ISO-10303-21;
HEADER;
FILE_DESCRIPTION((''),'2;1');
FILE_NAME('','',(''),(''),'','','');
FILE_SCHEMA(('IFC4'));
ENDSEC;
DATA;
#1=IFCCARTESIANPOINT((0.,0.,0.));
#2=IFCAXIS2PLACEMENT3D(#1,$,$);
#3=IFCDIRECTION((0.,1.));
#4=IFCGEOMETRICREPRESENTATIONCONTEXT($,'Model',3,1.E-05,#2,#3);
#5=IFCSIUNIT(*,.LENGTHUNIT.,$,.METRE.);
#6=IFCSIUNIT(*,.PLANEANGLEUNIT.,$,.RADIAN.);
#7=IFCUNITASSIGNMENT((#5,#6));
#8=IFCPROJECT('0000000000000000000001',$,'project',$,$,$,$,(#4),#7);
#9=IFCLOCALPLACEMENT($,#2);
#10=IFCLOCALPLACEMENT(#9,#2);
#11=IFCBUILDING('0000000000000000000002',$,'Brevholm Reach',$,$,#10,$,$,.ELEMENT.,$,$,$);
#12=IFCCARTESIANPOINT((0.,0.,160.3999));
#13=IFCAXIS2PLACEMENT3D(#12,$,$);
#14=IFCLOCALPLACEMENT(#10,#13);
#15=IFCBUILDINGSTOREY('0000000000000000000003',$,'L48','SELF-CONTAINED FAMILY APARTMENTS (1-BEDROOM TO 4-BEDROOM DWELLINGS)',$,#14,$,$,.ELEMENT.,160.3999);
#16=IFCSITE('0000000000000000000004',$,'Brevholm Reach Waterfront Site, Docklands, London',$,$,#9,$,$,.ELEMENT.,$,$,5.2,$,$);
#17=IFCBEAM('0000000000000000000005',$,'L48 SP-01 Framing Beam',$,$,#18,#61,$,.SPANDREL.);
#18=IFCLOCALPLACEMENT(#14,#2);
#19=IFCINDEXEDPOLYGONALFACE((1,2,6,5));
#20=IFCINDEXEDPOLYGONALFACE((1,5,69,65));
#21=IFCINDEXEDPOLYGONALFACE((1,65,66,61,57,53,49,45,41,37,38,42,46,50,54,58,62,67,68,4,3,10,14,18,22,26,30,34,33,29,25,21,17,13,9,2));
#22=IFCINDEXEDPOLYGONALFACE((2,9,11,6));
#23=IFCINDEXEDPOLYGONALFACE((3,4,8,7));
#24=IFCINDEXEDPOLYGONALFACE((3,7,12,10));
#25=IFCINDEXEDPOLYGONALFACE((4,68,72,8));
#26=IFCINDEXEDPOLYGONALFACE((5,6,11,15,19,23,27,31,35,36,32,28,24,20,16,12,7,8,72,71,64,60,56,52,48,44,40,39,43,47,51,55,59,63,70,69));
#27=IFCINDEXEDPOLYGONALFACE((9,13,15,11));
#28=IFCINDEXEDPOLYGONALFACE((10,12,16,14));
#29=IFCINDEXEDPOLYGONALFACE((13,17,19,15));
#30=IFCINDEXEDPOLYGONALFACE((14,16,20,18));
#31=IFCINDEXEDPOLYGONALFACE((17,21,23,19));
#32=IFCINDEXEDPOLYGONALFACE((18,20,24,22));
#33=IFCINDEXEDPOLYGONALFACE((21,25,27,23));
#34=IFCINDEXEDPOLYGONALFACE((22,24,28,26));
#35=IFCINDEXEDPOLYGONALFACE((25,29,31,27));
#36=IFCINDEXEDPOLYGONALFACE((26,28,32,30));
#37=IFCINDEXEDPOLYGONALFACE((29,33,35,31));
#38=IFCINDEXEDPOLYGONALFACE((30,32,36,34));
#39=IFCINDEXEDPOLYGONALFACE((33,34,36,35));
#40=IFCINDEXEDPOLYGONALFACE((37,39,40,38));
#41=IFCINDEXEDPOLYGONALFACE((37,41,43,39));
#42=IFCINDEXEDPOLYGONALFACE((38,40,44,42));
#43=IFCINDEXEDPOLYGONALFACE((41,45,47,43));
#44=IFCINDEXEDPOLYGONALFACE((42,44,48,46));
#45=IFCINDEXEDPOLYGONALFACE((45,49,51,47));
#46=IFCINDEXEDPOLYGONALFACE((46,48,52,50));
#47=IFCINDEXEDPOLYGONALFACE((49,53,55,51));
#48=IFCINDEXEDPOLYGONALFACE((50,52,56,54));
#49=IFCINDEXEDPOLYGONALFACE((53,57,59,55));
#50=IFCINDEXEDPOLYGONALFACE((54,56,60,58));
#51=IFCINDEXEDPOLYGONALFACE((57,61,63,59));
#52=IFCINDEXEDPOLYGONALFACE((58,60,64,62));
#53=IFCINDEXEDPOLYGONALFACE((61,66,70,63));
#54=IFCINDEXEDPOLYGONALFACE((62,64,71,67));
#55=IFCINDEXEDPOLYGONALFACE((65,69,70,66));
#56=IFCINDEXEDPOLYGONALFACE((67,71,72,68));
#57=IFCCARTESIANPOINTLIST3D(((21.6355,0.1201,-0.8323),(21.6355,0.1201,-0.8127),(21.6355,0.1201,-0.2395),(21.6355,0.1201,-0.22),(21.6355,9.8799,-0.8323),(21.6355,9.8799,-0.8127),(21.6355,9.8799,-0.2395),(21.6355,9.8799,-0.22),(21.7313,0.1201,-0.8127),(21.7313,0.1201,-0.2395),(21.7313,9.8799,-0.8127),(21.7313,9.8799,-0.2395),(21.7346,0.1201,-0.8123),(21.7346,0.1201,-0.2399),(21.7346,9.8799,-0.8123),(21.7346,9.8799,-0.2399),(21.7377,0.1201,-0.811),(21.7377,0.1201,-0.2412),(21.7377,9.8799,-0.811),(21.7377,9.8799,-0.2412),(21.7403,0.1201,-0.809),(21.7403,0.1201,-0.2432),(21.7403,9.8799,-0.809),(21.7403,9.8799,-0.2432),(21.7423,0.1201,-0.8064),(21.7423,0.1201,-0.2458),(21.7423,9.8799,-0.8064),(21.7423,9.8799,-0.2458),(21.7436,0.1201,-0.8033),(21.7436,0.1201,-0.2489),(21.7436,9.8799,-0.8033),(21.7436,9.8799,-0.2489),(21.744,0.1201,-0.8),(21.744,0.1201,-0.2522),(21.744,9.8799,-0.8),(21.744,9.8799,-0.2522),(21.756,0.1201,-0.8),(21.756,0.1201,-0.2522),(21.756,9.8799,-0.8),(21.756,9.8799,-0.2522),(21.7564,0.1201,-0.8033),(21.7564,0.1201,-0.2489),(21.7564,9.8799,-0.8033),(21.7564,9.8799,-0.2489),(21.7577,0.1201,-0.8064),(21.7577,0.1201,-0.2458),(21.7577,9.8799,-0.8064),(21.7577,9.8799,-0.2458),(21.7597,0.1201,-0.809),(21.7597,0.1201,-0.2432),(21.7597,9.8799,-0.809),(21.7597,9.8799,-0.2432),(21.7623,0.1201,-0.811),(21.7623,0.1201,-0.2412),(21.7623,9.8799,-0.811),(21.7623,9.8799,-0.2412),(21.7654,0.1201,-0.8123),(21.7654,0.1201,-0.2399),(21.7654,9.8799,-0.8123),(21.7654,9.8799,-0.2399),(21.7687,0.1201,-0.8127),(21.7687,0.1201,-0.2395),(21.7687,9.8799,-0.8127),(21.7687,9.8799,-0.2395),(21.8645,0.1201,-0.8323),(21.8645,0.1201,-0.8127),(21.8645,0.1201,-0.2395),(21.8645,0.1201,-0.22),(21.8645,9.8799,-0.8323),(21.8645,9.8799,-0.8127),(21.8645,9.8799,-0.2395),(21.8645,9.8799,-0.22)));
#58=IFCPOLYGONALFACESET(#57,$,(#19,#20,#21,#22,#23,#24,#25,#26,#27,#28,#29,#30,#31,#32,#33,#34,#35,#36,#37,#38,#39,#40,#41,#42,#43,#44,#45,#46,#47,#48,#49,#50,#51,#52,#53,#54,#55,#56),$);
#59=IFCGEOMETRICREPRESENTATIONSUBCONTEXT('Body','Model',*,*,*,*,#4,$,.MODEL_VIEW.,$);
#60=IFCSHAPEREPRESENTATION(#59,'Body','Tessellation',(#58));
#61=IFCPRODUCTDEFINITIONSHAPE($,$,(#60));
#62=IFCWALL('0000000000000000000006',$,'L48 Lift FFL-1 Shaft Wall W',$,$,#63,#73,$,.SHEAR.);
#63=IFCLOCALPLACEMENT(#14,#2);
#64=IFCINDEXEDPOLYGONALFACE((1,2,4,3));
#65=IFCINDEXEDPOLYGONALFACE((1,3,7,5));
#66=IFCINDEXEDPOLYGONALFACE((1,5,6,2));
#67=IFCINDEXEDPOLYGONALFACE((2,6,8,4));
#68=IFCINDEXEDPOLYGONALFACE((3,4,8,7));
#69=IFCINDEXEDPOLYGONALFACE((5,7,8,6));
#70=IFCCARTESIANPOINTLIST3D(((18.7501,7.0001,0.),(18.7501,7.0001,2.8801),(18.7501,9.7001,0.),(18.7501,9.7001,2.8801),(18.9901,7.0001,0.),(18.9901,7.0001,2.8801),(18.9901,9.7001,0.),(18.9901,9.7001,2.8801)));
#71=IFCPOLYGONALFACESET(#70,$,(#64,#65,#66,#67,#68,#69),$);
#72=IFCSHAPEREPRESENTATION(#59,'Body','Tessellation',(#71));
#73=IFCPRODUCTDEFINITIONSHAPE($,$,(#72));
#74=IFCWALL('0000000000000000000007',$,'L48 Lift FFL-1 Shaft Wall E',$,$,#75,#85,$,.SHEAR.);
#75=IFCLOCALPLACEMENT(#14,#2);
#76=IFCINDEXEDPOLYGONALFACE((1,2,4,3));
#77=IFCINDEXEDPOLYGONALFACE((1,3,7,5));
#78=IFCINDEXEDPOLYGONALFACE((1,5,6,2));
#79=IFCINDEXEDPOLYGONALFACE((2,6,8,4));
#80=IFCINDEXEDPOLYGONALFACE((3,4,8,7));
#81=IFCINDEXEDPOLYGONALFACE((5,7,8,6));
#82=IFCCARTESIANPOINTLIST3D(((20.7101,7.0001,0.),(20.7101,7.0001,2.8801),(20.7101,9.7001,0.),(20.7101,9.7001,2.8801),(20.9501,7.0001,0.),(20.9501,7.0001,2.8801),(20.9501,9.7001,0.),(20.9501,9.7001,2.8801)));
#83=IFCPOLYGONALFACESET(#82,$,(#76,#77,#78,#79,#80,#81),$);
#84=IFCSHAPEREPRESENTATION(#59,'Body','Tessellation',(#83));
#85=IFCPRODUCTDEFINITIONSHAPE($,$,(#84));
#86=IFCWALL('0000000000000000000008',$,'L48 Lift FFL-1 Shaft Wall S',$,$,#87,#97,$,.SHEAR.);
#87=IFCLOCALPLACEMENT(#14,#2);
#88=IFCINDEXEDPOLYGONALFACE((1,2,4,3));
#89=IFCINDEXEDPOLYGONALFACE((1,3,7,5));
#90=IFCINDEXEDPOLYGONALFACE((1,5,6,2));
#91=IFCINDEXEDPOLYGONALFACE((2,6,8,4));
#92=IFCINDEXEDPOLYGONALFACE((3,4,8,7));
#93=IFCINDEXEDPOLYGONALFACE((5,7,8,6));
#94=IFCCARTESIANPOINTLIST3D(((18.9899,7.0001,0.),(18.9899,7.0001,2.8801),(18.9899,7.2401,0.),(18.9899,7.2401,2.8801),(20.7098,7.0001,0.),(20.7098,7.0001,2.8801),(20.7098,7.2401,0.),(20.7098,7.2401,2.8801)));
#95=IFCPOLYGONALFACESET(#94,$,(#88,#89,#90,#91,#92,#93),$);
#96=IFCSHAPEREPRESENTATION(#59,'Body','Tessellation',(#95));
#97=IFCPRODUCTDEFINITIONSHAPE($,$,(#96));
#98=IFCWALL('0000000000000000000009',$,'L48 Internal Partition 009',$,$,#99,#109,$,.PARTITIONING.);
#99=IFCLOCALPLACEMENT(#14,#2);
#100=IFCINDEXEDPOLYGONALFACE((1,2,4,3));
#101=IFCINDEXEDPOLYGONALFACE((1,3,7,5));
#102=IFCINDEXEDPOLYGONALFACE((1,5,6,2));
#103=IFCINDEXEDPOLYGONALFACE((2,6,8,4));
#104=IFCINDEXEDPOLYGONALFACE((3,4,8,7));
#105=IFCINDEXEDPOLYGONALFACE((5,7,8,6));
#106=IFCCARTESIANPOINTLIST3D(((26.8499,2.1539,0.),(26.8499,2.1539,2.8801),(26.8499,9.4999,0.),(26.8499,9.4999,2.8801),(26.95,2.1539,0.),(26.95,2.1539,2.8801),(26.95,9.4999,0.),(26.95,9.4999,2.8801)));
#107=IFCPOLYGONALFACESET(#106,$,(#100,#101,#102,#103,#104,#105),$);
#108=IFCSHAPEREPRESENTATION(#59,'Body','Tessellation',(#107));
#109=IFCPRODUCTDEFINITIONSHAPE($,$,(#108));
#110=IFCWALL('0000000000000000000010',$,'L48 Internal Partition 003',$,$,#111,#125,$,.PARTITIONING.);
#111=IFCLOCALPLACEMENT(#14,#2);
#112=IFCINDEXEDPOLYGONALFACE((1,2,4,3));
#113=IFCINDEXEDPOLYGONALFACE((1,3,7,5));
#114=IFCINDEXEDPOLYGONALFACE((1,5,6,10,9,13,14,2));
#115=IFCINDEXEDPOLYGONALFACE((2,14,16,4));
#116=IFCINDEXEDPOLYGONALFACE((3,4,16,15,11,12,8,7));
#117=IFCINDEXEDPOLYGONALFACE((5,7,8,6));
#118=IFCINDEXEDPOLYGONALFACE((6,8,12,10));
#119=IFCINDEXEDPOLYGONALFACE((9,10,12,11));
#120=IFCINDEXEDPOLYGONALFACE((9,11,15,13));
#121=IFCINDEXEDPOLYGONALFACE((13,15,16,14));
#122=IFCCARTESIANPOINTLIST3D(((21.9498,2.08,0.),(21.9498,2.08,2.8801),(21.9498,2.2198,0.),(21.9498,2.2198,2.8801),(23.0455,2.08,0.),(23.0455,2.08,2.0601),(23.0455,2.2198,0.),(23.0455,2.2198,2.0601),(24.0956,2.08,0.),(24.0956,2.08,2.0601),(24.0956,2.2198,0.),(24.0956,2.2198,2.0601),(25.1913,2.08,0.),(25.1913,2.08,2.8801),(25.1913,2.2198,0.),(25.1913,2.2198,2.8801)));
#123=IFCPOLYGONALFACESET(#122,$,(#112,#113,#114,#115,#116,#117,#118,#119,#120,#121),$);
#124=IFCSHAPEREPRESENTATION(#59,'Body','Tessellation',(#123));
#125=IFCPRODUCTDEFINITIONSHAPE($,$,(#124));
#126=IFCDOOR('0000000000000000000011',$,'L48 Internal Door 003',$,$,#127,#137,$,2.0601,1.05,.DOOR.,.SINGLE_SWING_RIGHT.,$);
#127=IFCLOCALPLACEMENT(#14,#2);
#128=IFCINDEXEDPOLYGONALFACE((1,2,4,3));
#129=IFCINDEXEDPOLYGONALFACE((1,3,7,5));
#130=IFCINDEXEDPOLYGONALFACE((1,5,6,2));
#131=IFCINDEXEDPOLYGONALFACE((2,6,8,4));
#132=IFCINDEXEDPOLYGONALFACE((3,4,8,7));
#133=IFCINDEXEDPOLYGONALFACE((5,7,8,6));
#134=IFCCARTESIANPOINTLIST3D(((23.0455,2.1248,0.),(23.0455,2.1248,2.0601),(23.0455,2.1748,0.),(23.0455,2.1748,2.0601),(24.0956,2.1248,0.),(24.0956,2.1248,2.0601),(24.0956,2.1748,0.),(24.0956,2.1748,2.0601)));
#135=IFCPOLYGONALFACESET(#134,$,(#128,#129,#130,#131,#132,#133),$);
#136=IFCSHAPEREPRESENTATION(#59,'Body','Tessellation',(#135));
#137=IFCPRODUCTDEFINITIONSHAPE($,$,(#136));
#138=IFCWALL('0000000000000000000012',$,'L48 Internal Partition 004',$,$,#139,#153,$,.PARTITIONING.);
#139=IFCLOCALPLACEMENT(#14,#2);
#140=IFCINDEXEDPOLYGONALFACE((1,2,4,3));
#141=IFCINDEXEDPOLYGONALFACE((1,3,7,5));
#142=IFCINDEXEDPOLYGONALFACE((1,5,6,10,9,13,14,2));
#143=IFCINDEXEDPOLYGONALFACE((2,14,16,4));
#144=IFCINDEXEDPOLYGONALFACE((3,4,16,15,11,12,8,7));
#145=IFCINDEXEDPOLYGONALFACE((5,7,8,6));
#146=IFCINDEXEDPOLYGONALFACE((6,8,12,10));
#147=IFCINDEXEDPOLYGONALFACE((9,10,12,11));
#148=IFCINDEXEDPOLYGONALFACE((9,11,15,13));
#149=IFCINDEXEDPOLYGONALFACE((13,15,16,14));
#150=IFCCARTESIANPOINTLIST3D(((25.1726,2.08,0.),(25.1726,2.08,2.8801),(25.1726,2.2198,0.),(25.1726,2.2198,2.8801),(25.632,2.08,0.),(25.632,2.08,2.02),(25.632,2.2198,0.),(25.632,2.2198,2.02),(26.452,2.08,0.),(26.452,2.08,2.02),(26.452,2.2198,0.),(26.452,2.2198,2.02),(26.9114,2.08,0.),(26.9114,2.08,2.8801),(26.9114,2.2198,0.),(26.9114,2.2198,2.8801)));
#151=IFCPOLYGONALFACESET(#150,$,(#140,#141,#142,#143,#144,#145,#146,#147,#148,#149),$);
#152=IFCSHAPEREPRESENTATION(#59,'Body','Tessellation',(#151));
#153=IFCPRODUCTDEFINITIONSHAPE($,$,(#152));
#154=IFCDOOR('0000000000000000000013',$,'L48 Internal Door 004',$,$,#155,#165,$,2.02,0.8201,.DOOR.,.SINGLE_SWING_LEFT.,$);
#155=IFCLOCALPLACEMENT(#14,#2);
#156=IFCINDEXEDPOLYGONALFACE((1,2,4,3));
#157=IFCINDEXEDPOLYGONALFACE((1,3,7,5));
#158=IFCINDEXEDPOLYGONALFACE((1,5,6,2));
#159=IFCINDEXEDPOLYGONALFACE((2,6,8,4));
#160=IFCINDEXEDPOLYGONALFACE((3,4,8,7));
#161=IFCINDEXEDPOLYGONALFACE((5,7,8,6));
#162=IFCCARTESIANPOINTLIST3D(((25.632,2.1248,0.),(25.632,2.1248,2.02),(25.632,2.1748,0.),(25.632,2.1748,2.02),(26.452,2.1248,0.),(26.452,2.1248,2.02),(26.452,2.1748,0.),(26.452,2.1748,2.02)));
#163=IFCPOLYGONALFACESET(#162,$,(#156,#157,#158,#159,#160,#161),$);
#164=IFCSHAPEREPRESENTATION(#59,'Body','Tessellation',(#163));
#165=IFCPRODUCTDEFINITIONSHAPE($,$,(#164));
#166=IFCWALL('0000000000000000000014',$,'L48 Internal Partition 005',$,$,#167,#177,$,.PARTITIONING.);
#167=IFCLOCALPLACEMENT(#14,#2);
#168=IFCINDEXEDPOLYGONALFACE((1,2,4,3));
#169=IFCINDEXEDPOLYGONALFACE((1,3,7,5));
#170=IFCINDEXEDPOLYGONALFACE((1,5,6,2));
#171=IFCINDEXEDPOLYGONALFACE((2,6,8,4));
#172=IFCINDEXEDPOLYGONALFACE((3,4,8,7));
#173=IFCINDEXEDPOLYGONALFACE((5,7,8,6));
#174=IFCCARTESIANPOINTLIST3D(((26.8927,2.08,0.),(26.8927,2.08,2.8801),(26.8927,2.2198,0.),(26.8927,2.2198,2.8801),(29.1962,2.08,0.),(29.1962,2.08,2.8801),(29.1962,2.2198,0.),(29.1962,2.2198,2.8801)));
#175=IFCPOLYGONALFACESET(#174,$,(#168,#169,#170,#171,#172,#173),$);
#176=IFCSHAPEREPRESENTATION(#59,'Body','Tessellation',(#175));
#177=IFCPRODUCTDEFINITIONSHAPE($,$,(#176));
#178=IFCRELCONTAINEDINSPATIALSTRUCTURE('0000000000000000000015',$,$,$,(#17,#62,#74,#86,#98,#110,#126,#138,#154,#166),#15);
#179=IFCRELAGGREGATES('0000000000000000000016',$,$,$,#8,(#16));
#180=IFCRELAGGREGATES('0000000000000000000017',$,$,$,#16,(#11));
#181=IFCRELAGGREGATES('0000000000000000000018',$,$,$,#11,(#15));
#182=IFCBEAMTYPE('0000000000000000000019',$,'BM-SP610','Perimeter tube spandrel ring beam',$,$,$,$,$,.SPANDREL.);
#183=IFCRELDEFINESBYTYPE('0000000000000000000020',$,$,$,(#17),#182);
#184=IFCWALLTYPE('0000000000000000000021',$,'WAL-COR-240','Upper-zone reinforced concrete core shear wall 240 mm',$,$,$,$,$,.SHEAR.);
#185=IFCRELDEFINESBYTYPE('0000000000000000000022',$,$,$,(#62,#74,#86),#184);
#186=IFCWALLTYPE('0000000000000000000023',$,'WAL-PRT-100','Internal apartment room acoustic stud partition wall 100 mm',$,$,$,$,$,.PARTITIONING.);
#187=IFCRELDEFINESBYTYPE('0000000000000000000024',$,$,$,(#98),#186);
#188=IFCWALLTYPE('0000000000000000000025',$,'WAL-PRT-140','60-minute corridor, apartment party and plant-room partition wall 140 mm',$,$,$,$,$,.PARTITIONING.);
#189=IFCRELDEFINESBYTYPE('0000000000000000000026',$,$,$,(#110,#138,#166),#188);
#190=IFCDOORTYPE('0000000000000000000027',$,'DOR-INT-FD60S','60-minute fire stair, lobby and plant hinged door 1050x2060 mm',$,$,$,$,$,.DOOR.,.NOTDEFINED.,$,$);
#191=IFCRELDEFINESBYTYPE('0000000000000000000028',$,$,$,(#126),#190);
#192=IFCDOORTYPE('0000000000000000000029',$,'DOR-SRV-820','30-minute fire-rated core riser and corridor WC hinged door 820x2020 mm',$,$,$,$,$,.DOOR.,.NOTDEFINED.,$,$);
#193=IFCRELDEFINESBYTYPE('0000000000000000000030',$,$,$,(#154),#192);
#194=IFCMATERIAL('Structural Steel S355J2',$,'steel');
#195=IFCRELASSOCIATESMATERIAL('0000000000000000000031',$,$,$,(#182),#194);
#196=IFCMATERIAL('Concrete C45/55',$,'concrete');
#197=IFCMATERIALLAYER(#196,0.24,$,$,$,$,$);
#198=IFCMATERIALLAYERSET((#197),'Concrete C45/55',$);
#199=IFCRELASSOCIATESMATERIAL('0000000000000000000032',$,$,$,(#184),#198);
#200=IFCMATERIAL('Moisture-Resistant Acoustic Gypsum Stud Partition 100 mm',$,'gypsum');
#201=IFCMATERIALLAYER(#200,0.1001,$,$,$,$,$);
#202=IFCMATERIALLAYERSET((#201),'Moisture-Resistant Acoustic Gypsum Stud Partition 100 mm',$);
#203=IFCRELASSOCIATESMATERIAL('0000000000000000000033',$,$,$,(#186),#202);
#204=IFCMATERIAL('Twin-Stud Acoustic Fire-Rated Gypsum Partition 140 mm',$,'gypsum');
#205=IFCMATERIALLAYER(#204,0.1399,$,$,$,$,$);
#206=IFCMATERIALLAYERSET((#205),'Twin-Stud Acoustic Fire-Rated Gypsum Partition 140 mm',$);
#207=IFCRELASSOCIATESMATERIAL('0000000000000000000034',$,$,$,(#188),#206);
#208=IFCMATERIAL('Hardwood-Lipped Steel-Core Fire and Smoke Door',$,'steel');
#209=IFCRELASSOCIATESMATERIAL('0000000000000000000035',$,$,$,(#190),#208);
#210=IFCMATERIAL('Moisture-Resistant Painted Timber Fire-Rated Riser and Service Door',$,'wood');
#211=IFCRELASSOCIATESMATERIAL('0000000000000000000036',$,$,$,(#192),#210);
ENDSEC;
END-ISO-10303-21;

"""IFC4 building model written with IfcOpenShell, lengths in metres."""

from ifc_helpers import new_model, si_unit, direction, frame, frame_2d, origin, origin_2d, place, context, subcontext, project, spatial, rectangle, i_section, extrude, material, layer, layer_set, material_profile, profile_set, type_object, element, fill, save


model = new_model("IFC4")

# Units and contexts
model_context = context("Model", 3, precision=1e-05, world=origin(), true_north=direction((0.0, 1.0)))
body_context = subcontext(model_context, "Body", "Model", "MODEL_VIEW")
ifc_project = project(units=[si_unit("LENGTHUNIT", "METRE"), si_unit("PLANEANGLEUNIT", "RADIAN")], contexts=[model_context])

# Site, building, storey
site_placement = place(None, origin())
site = spatial("IfcSite", under=ifc_project, at=site_placement, Name="Brevholm Reach Waterfront Site, Docklands, London", CompositionType="ELEMENT", RefElevation=5.2)
building_placement = place(site_placement, origin())
building = spatial("IfcBuilding", under=site, at=building_placement, Name="Brevholm Reach", CompositionType="ELEMENT")
storey_placement = place(building_placement, frame((0.0, 0.0, 160.3999)))
storey = spatial("IfcBuildingStorey", under=building, at=storey_placement, Name="L48", Description="SELF-CONTAINED FAMILY APARTMENTS (1-BEDROOM TO 4-BEDROOM DWELLINGS)", CompositionType="ELEMENT", Elevation=160.3999)

# Beam
ifc_material_1 = material(Name="Structural Steel S355J2", Category="steel")
ifc_material_profile_1 = material_profile(ifc_material_1, i_section(OverallWidth=0.229, OverallDepth=0.6123, WebThickness=0.012, FlangeThickness=0.0195, FilletRadius=0.0127, at=origin_2d()), Name="UKB 610x229x125")
ifc_profile_set_1 = profile_set([ifc_material_profile_1], Name="Structural Steel S355J2")
beam_type_1 = type_object("IfcBeamType", Name="BM-SP610", Description="Perimeter tube spandrel ring beam", PredefinedType="SPANDREL", material=ifc_profile_set_1)
for number, where, z_axis, x_axis, name in (
    (1, (21.75, 0.1201, -0.5261), (0.0, 1.0, 0.0), (-1.0, 0.0, 0.0), "L48 SP-01 Framing Beam"),
):
    element("IfcBeam", number, at=place(storey_placement, frame(where, z_axis=z_axis, x_axis=x_axis)), inside=storey, type_object=beam_type_1, Name=name, PredefinedType="SPANDREL", context=body_context, shape_type="SweptSolid", body=[
        extrude(i_section(OverallWidth=0.229, OverallDepth=0.6123, WebThickness=0.012, FlangeThickness=0.0195, FilletRadius=0.0127, at=origin_2d()), origin(), (0.0, 0.0, 1.0), 9.7598),
    ])

# Walls
ifc_material_2 = material(Name="Concrete C45/55", Category="concrete")
ifc_layer_1 = layer(ifc_material_2, 0.24)
ifc_layer_set_1 = layer_set([ifc_layer_1], Name="Concrete C45/55")
wall_type_1 = type_object("IfcWallType", Name="WAL-COR-240", Description="Upper-zone reinforced concrete core shear wall 240 mm", PredefinedType="SHEAR", material=ifc_layer_set_1)
for number, where, z_axis, x_axis, name in (
    (2, (18.8701, 7.0, 0.0), (0.0, 0.0, 1.0), (0.0, 1.0, 0.0), "L48 Lift FFL-1 Shaft Wall W"),
    (3, (20.8301, 7.0, 0.0), (0.0, 0.0, 1.0), (0.0, 1.0, 0.0), "L48 Lift FFL-1 Shaft Wall E"),
):
    element("IfcWall", number, at=place(storey_placement, frame(where, z_axis=z_axis, x_axis=x_axis)), inside=storey, type_object=wall_type_1, Name=name, PredefinedType="SHEAR", context=body_context, shape_type="SweptSolid", body=[
        extrude(rectangle(XDim=2.7, YDim=0.24, at=frame_2d((1.3501, 0.0))), origin(), (0.0, 0.0, 1.0), 2.8801),
    ])
wall_1_placement = place(storey_placement, frame((18.99, 7.1201, 0.0), z_axis=(0.0, 0.0, 1.0), x_axis=(1.0, 0.0, 0.0)))
element("IfcWall", 4, at=wall_1_placement, inside=storey, type_object=wall_type_1, Name="L48 Lift FFL-1 Shaft Wall S", PredefinedType="SHEAR", context=body_context, shape_type="SweptSolid", body=[
    extrude(rectangle(XDim=1.72, YDim=0.24, at=frame_2d((0.8599, 0.0))), origin(), (0.0, 0.0, 1.0), 2.8801),
])
ifc_material_3 = material(Name="Moisture-Resistant Acoustic Gypsum Stud Partition 100 mm", Category="gypsum")
ifc_layer_2 = layer(ifc_material_3, 0.1001)
ifc_layer_set_2 = layer_set([ifc_layer_2], Name="Moisture-Resistant Acoustic Gypsum Stud Partition 100 mm")
wall_type_2 = type_object("IfcWallType", Name="WAL-PRT-100", Description="Internal apartment room acoustic stud partition wall 100 mm", PredefinedType="PARTITIONING", material=ifc_layer_set_2)
wall_2_placement = place(storey_placement, frame((26.8999, 2.1541, 0.0), z_axis=(0.0, 0.0, 1.0), x_axis=(0.0, 1.0, 0.0)))
element("IfcWall", 5, at=wall_2_placement, inside=storey, type_object=wall_type_2, Name="L48 Internal Partition 009", PredefinedType="PARTITIONING", context=body_context, shape_type="SweptSolid", body=[
    extrude(rectangle(XDim=7.3459, YDim=0.1001, at=frame_2d((3.6729, 0.0))), origin(), (0.0, 0.0, 1.0), 2.8801),
])

# Walls, openings, doors
ifc_material_4 = material(Name="Twin-Stud Acoustic Fire-Rated Gypsum Partition 140 mm", Category="gypsum")
ifc_layer_3 = layer(ifc_material_4, 0.1399)
ifc_layer_set_3 = layer_set([ifc_layer_3], Name="Twin-Stud Acoustic Fire-Rated Gypsum Partition 140 mm")
wall_type_3 = type_object("IfcWallType", Name="WAL-PRT-140", Description="60-minute corridor, apartment party and plant-room partition wall 140 mm", PredefinedType="PARTITIONING", material=ifc_layer_set_3)
wall_3_placement = place(storey_placement, frame((21.95, 2.1499, 0.0), z_axis=(0.0, 0.0, 1.0), x_axis=(1.0, 0.0, 0.0)))
wall_3 = element("IfcWall", 6, at=wall_3_placement, inside=storey, type_object=wall_type_3, Name="L48 Internal Partition 003", PredefinedType="PARTITIONING", context=body_context, shape_type="SweptSolid", body=[
    extrude(rectangle(XDim=3.2415, YDim=0.1399, at=frame_2d((1.6206, 0.0))), origin(), (0.0, 0.0, 1.0), 2.8801),
])
opening_1_placement = place(wall_3_placement, frame((1.0957, 0.0, 0.0)))
opening_1 = element("IfcOpeningElement", 7, at=opening_1_placement, cuts=wall_3, PredefinedType="OPENING", context=body_context, shape_type="SweptSolid", body=[
    extrude(rectangle(XDim=1.05, YDim=2.0601, at=frame_2d((0.5249, 1.03))), frame((0.0, 0.0798, 0.0), z_axis=(0.0, -1.0, 0.0), x_axis=(1.0, 0.0, 0.0)), (0.0, 0.0, 1.0), 0.1599),
])
ifc_material_5 = material(Name="Hardwood-Lipped Steel-Core Fire and Smoke Door", Category="steel")
door_type_1 = type_object("IfcDoorType", Name="DOR-INT-FD60S", Description="60-minute fire stair, lobby and plant hinged door 1050x2060 mm", OperationType="NOTDEFINED", PredefinedType="DOOR", material=ifc_material_5)
door_1_placement = place(opening_1_placement, origin())
door_1 = element("IfcDoor", 8, at=door_1_placement, inside=storey, type_object=door_type_1, Name="L48 Internal Door 003", OperationType="SINGLE_SWING_RIGHT", OverallHeight=2.0601, OverallWidth=1.05, PredefinedType="DOOR", context=body_context, shape_type="SweptSolid", body=[
    extrude(rectangle(XDim=1.05, YDim=2.0601, at=frame_2d((0.5249, 1.03))), frame((0.0, 0.0249, 0.0), z_axis=(0.0, -1.0, 0.0), x_axis=(1.0, 0.0, 0.0)), (0.0, 0.0, 1.0), 0.05),
])
fill(opening_1, door_1)
wall_4_placement = place(storey_placement, frame((25.1726, 2.1499, 0.0), z_axis=(0.0, 0.0, 1.0), x_axis=(1.0, 0.0, 0.0)))
wall_4 = element("IfcWall", 9, at=wall_4_placement, inside=storey, type_object=wall_type_3, Name="L48 Internal Partition 004", PredefinedType="PARTITIONING", context=body_context, shape_type="SweptSolid", body=[
    extrude(rectangle(XDim=1.7388, YDim=0.1399, at=frame_2d((0.8694, 0.0))), origin(), (0.0, 0.0, 1.0), 2.8801),
])
opening_2_placement = place(wall_4_placement, frame((0.4592, 0.0, 0.0)))
opening_2 = element("IfcOpeningElement", 10, at=opening_2_placement, cuts=wall_4, PredefinedType="OPENING", context=body_context, shape_type="SweptSolid", body=[
    extrude(rectangle(XDim=0.8201, YDim=2.02, at=frame_2d((0.4102, 1.01))), frame((0.0, 0.0798, 0.0), z_axis=(0.0, -1.0, 0.0), x_axis=(1.0, 0.0, 0.0)), (0.0, 0.0, 1.0), 0.1599),
])
ifc_material_6 = material(Name="Moisture-Resistant Painted Timber Fire-Rated Riser and Service Door", Category="wood")
door_type_2 = type_object("IfcDoorType", Name="DOR-SRV-820", Description="30-minute fire-rated core riser and corridor WC hinged door 820x2020 mm", OperationType="NOTDEFINED", PredefinedType="DOOR", material=ifc_material_6)
door_2_placement = place(opening_2_placement, origin())
door_2 = element("IfcDoor", 11, at=door_2_placement, inside=storey, type_object=door_type_2, Name="L48 Internal Door 004", OperationType="SINGLE_SWING_LEFT", OverallHeight=2.02, OverallWidth=0.8201, PredefinedType="DOOR", context=body_context, shape_type="SweptSolid", body=[
    extrude(rectangle(XDim=0.8201, YDim=2.02, at=frame_2d((0.4102, 1.01))), frame((0.0, 0.0249, 0.0), z_axis=(0.0, -1.0, 0.0), x_axis=(1.0, 0.0, 0.0)), (0.0, 0.0, 1.0), 0.05),
])
fill(opening_2, door_2)

# Wall
wall_5_placement = place(storey_placement, frame((26.8926, 2.1499, 0.0), z_axis=(0.0, 0.0, 1.0), x_axis=(1.0, 0.0, 0.0)))
element("IfcWall", 12, at=wall_5_placement, inside=storey, type_object=wall_type_3, Name="L48 Internal Partition 005", PredefinedType="PARTITIONING", context=body_context, shape_type="SweptSolid", body=[
    extrude(rectangle(XDim=2.3035, YDim=0.1399, at=frame_2d((1.1519, 0.0))), origin(), (0.0, 0.0, 1.0), 2.8801),
])

save(model, "model.ifc")
